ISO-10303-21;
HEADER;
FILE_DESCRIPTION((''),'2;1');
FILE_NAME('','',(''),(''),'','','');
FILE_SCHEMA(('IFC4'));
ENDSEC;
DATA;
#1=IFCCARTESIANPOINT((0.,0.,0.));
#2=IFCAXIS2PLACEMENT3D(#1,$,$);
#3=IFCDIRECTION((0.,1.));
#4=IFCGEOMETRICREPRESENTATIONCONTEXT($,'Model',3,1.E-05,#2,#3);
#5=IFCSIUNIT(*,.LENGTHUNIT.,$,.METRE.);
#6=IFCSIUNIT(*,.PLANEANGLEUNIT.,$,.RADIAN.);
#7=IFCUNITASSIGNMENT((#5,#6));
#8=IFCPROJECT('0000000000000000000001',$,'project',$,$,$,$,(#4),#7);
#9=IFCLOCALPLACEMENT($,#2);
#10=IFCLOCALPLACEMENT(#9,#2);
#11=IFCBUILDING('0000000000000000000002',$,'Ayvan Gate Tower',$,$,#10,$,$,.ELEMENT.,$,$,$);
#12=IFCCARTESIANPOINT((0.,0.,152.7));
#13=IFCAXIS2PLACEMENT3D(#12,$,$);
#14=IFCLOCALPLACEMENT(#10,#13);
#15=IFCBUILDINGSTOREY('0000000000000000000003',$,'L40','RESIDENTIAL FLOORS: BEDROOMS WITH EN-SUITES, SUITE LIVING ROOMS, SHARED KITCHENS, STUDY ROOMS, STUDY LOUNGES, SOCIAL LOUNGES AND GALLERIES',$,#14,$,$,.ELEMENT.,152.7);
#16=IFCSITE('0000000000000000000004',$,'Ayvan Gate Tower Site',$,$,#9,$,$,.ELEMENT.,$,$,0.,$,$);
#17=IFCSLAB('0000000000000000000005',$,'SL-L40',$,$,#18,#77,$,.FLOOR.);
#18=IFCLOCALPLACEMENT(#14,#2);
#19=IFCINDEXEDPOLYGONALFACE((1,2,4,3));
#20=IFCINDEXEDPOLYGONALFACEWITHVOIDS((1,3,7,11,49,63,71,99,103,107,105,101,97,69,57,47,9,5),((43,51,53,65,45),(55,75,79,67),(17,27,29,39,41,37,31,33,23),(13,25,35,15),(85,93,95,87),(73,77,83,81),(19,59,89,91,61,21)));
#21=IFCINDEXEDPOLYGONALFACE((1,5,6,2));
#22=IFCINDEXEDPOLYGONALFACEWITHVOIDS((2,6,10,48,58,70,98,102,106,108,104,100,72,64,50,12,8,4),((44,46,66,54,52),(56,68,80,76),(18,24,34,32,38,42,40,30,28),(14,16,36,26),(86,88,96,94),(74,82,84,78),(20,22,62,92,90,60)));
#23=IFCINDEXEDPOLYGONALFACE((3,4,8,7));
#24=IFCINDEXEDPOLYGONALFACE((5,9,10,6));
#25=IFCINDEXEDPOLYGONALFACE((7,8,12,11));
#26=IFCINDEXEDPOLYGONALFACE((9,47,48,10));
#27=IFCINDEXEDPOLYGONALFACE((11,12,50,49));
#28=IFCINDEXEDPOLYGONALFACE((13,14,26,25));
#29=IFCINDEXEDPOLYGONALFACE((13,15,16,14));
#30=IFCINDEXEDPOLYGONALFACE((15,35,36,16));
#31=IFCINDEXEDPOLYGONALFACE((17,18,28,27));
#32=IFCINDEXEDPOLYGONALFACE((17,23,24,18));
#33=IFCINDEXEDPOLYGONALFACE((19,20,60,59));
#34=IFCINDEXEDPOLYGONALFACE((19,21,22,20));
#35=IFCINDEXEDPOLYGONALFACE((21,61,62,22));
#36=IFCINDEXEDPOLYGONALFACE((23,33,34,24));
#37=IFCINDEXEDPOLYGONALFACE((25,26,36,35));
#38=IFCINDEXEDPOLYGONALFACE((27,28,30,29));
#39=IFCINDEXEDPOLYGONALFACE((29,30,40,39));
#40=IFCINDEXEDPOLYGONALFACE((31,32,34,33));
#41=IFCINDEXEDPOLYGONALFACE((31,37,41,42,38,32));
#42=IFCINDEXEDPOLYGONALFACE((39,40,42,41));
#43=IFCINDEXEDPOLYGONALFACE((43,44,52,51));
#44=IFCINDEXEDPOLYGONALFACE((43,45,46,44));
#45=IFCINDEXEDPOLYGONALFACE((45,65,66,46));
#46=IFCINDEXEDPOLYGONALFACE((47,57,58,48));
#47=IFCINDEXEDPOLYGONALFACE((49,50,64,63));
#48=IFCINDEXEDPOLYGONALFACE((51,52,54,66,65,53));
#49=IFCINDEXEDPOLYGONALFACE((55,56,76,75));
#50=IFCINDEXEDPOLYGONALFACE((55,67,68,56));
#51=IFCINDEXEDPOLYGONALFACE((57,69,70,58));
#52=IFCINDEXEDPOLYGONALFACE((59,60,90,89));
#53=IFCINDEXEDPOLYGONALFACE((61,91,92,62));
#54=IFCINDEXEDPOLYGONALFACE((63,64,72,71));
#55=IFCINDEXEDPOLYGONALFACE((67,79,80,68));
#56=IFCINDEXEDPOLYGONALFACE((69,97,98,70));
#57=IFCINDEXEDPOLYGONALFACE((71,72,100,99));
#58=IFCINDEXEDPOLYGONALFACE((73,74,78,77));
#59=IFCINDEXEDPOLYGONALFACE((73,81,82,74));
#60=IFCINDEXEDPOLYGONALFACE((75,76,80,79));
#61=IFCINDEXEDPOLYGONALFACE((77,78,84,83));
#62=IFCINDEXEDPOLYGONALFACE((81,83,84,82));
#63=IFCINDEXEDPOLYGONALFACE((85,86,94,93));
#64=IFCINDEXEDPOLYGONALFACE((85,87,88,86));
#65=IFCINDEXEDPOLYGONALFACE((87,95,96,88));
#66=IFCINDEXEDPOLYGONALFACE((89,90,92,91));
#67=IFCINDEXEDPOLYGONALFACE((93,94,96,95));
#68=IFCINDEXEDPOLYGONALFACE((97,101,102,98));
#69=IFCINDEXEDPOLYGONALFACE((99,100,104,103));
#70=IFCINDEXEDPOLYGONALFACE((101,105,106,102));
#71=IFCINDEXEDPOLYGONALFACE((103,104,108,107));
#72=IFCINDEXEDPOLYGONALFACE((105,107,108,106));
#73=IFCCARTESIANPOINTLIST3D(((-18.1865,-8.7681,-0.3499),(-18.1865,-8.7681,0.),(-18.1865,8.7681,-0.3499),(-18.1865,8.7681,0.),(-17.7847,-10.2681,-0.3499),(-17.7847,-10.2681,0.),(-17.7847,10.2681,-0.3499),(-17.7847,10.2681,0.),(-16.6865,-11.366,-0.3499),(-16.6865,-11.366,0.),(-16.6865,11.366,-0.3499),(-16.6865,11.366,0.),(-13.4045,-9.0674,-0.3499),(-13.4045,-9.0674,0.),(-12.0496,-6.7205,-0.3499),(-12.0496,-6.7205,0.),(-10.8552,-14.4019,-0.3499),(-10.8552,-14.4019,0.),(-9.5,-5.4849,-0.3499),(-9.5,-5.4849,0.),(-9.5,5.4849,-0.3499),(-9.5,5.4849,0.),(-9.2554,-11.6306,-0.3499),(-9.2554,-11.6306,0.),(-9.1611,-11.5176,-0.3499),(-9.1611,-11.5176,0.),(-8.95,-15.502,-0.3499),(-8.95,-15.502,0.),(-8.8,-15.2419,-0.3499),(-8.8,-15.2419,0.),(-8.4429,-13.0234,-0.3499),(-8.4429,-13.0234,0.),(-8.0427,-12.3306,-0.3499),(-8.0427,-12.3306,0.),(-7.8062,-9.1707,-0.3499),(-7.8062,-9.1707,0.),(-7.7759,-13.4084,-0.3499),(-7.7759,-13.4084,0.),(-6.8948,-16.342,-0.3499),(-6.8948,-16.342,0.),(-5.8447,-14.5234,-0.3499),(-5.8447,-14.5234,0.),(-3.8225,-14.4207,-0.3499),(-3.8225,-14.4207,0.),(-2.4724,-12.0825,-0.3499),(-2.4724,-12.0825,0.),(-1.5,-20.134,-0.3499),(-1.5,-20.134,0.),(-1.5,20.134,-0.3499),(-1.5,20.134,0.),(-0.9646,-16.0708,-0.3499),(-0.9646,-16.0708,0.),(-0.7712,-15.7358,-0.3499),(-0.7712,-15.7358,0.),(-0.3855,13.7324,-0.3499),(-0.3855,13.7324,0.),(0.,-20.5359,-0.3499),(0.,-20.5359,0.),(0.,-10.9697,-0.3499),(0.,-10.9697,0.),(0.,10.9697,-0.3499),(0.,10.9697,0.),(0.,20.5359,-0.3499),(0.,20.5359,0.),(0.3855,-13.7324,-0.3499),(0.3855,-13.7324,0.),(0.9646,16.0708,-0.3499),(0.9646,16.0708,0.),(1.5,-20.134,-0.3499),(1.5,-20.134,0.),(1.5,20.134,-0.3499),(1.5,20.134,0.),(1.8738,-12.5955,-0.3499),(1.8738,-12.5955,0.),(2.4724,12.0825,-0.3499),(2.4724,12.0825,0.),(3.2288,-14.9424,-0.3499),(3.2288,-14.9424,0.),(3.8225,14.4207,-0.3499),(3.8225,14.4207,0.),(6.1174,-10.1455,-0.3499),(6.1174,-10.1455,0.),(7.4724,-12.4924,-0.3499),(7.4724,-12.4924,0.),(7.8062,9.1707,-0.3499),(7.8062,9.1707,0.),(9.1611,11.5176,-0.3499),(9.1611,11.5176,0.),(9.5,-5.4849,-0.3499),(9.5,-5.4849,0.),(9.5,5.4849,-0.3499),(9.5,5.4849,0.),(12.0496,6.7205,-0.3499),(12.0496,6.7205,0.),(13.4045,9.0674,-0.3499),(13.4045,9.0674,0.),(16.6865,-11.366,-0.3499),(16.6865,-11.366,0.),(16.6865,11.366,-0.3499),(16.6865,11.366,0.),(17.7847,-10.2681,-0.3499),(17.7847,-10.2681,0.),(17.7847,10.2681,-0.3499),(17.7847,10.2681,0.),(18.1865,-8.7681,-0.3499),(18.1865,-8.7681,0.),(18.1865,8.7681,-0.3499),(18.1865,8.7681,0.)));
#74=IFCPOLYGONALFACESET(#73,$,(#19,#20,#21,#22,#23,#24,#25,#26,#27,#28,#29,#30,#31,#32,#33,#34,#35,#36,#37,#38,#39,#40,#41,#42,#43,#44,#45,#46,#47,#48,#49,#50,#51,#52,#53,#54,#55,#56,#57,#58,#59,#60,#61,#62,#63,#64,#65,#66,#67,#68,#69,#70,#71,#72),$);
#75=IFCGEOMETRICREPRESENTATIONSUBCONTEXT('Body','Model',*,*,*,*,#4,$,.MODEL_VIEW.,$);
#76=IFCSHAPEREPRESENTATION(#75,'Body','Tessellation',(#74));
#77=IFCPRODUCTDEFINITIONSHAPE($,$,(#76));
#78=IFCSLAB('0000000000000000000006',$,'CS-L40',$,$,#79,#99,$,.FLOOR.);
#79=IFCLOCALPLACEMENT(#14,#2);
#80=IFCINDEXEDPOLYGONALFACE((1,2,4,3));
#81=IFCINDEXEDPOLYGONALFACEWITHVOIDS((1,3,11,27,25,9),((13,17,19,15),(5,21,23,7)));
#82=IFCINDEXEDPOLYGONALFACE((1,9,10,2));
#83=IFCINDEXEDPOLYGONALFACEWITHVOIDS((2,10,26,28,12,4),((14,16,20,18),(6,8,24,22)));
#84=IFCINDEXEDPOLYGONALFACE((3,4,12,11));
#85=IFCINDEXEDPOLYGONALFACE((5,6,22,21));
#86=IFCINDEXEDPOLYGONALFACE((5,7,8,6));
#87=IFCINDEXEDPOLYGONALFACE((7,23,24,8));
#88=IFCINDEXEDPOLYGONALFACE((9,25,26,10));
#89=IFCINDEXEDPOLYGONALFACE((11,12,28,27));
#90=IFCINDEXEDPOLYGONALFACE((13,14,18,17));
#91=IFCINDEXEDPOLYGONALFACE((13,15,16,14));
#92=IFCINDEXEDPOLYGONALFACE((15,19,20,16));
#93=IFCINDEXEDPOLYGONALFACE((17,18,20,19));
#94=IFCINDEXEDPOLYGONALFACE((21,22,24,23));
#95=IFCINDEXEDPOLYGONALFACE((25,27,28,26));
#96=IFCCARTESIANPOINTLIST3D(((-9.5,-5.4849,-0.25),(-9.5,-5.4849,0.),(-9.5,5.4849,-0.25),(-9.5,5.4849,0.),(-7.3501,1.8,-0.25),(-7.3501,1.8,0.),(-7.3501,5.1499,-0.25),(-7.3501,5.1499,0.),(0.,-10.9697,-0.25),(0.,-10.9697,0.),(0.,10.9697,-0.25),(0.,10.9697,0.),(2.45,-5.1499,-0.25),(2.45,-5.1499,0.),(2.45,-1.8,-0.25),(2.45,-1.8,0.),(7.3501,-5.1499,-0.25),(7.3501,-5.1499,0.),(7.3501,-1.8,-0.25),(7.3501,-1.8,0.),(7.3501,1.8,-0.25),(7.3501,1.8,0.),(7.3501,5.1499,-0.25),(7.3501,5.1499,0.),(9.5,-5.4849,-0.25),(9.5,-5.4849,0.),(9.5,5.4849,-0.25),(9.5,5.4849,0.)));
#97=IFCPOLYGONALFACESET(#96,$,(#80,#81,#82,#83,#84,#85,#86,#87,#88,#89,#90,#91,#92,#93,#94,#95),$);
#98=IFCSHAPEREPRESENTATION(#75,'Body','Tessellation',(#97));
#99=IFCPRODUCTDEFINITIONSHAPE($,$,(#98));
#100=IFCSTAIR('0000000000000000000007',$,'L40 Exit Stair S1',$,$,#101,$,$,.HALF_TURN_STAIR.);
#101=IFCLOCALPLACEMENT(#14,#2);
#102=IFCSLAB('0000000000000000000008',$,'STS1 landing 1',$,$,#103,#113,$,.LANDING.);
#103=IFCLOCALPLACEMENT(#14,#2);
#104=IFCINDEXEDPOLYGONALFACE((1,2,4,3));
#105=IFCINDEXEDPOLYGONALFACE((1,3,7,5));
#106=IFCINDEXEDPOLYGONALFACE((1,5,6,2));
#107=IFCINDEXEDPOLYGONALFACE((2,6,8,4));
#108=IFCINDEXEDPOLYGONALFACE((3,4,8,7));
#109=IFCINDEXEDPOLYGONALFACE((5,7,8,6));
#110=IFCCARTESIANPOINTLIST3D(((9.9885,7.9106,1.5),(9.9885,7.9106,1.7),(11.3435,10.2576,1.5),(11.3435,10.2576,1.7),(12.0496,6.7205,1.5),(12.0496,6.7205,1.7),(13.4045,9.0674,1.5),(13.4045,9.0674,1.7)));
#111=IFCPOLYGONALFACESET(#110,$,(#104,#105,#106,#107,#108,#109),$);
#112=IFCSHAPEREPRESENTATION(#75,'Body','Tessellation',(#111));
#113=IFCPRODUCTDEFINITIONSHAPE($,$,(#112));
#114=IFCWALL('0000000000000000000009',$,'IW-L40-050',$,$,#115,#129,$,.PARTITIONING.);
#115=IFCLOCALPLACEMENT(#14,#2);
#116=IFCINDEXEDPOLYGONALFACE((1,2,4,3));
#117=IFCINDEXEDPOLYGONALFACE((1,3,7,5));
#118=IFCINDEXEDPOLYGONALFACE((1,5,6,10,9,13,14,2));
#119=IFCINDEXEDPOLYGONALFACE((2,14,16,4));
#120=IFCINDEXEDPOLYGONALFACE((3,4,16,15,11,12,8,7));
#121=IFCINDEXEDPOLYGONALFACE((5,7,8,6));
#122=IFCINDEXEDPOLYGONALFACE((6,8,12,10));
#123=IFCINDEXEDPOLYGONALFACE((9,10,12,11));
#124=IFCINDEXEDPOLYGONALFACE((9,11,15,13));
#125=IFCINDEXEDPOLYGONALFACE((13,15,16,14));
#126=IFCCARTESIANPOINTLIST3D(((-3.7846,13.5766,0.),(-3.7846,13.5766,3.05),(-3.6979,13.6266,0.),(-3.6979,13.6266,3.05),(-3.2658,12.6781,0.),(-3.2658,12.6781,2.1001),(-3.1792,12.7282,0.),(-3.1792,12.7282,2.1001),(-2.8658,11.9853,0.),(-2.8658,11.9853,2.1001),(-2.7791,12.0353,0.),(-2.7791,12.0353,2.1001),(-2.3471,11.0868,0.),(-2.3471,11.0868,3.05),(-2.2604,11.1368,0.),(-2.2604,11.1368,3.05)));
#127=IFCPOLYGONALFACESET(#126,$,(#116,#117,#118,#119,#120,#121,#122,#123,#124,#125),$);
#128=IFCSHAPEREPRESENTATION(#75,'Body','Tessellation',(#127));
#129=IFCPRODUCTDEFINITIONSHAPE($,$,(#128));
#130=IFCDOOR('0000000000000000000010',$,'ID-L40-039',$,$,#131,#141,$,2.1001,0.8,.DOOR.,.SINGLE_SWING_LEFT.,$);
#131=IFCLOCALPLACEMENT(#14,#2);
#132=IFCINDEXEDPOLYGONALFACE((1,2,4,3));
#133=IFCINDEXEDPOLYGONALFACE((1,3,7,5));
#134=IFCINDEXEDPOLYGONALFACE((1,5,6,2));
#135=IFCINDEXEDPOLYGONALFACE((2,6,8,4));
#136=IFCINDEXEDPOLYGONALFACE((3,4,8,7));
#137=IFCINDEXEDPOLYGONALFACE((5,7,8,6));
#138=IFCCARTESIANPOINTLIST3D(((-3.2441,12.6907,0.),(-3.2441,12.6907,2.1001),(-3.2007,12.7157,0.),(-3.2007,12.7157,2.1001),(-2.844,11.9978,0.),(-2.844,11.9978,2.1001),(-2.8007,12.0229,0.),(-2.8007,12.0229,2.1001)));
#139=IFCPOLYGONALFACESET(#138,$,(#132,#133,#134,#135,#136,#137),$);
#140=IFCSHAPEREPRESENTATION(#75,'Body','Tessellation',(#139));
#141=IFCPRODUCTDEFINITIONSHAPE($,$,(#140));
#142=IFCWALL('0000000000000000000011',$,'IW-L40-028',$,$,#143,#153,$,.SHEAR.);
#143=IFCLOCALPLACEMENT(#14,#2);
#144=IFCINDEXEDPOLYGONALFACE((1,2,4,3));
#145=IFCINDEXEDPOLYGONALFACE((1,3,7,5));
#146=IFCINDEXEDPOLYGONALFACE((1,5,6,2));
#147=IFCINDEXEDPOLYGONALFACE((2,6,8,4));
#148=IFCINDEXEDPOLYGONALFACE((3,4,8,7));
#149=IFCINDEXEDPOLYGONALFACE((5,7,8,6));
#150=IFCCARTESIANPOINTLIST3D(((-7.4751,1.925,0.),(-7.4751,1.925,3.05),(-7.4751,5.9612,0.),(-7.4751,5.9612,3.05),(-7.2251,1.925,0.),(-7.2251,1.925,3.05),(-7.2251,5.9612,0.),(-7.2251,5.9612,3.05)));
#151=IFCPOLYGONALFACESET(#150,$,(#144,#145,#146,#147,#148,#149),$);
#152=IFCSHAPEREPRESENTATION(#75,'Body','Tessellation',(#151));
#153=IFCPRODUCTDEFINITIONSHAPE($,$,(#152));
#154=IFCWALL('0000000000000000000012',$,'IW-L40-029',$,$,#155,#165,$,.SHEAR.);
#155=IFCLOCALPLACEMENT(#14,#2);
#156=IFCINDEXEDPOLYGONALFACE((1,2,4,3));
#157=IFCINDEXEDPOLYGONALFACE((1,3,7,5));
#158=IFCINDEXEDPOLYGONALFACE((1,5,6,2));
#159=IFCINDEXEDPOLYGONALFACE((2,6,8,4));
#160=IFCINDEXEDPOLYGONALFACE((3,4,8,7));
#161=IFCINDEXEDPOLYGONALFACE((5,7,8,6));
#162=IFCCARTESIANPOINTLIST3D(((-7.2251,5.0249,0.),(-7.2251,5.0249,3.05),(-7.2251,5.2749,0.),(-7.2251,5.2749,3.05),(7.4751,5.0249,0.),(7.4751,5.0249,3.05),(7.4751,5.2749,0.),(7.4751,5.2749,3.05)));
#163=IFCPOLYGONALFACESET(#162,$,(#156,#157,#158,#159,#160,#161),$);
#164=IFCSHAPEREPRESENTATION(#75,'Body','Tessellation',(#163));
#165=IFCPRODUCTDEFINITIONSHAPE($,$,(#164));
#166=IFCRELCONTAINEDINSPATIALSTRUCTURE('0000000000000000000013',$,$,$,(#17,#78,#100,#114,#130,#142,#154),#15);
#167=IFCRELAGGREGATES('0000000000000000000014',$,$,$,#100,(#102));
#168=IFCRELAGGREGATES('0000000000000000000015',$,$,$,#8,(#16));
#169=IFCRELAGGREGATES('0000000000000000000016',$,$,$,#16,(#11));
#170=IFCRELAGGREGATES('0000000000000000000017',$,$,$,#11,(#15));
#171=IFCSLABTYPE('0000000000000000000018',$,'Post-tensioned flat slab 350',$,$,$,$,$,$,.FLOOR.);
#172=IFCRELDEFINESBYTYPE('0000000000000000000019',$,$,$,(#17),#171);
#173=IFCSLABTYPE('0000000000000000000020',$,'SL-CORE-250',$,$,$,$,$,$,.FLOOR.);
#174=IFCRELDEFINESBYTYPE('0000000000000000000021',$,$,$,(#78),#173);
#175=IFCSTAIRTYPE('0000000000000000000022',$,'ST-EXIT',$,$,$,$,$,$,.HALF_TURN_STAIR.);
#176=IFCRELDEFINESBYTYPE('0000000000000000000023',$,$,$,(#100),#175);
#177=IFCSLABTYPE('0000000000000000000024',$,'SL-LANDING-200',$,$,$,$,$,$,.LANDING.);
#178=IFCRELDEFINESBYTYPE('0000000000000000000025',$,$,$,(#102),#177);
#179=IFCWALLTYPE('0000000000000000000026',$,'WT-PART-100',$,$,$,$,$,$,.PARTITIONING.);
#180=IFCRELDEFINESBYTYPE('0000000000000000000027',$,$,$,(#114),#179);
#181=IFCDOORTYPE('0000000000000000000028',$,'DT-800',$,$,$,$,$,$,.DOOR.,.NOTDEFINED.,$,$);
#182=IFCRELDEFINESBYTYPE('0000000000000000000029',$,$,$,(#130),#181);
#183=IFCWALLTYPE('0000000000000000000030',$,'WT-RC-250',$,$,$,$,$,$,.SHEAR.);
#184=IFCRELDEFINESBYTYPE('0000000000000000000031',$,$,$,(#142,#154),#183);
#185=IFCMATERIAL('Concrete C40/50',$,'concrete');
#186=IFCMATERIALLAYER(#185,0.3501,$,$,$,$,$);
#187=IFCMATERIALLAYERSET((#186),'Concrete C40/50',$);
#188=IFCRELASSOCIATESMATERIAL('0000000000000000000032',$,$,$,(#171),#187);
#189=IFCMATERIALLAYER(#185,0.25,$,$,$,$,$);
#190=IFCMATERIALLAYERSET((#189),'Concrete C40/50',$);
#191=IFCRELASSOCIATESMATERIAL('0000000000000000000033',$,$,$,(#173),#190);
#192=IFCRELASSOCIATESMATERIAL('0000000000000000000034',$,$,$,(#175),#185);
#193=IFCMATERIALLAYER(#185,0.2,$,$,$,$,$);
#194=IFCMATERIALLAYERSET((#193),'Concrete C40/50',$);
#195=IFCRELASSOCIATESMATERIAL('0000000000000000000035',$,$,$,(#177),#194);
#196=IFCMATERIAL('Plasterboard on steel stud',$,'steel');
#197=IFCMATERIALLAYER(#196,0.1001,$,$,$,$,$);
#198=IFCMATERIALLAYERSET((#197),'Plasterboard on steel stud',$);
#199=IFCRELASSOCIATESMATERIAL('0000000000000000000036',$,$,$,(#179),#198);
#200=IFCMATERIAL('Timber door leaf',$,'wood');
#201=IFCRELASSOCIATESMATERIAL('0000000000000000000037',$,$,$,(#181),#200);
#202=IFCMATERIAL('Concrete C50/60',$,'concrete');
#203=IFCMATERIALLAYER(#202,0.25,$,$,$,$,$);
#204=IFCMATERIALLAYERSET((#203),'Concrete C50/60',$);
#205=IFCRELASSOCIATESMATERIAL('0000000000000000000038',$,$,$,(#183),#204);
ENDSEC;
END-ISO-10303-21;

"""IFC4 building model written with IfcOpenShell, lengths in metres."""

from ifc_helpers import new_model, si_unit, direction, frame, frame_2d, origin, place, context, subcontext, project, spatial, polyline, rectangle, outline, extrude, material, layer, layer_set, type_object, element, fill, aggregate, save


model = new_model("IFC4")

# Units and contexts
model_context = context("Model", 3, precision=1e-05, world=origin(), true_north=direction((0.0, 1.0)))
body_context = subcontext(model_context, "Body", "Model", "MODEL_VIEW")
ifc_project = project(units=[si_unit("LENGTHUNIT", "METRE"), si_unit("PLANEANGLEUNIT", "RADIAN")], contexts=[model_context])

# Site, building, storey
site_placement = place(None, origin())
site = spatial("IfcSite", under=ifc_project, at=site_placement, Name="Ayvan Gate Tower Site", CompositionType="ELEMENT", RefElevation=0.0)
building_placement = place(site_placement, origin())
building = spatial("IfcBuilding", under=site, at=building_placement, Name="Ayvan Gate Tower", CompositionType="ELEMENT")
storey_placement = place(building_placement, frame((0.0, 0.0, 152.7)))
storey = spatial("IfcBuildingStorey", under=building, at=storey_placement, Name="L40", Description="RESIDENTIAL FLOORS: BEDROOMS WITH EN-SUITES, SUITE LIVING ROOMS, SHARED KITCHENS, STUDY ROOMS, STUDY LOUNGES, SOCIAL LOUNGES AND GALLERIES", CompositionType="ELEMENT", Elevation=152.7)

# Slabs
ifc_material_1 = material(Name="Concrete C40/50", Category="concrete")
ifc_layer_1 = layer(ifc_material_1, 0.3501)
ifc_layer_set_1 = layer_set([ifc_layer_1], Name="Concrete C40/50")
slab_type_1 = type_object("IfcSlabType", Name="Post-tensioned flat slab 350", PredefinedType="FLOOR", material=ifc_layer_set_1)
slab_1_placement = place(storey_placement, frame((0.0, 0.0, -0.3499)))
element("IfcSlab", 1, at=slab_1_placement, inside=storey, type_object=slab_type_1, Name="SL-L40", PredefinedType="FLOOR", context=body_context, shape_type="SweptSolid", body=[
    extrude(outline(polyline([(0.0, -20.5359), (-1.5, -20.134), (-16.6865, -11.366), (-17.7847, -10.2681), (-18.1865, -8.7681), (-18.1865, 8.7681), (-17.7847, 10.2681), (-16.6865, 11.366), (-1.5, 20.134), (0.0, 20.5359), (1.5, 20.134), (16.6865, 11.366), (17.7847, 10.2681), (18.1865, 8.7681), (18.1865, -8.7681), (17.7847, -10.2681), (16.6865, -11.366), (1.5, -20.134), (0.0, -20.5359)]), holes=[polyline([(13.4045, 9.0674), (9.1611, 11.5176), (7.8062, 9.1707), (12.0496, 6.7205), (13.4045, 9.0674)]), polyline([(0.0, 10.9697), (-9.5, 5.4849), (-9.5, -5.4849), (0.0, -10.9697), (9.5, -5.4849), (9.5, 5.4849), (0.0, 10.9697)]), polyline([(3.2288, -14.9424), (7.4724, -12.4924), (6.1174, -10.1455), (1.8738, -12.5955), (3.2288, -14.9424)]), polyline([(0.9646, 16.0708), (-0.3855, 13.7324), (2.4724, 12.0825), (3.8225, 14.4207), (0.9646, 16.0708)]), polyline([(0.3855, -13.7324), (-2.4724, -12.0825), (-3.8225, -14.4207), (-0.9646, -16.0708), (-0.7712, -15.7358), (0.3855, -13.7324)]), polyline([(-8.8, -15.2419), (-6.8948, -16.342), (-5.8447, -14.5234), (-7.7759, -13.4084), (-8.4429, -13.0234), (-8.0427, -12.3306), (-9.2554, -11.6306), (-10.8552, -14.4019), (-8.95, -15.502), (-8.8, -15.2419)]), polyline([(-7.8062, -9.1707), (-12.0496, -6.7205), (-13.4045, -9.0674), (-9.1611, -11.5176), (-7.8062, -9.1707)])]), origin(), (0.0, 0.0, 1.0), 0.3499),
])
ifc_layer_2 = layer(ifc_material_1, 0.25)
ifc_layer_set_2 = layer_set([ifc_layer_2], Name="Concrete C40/50")
slab_type_2 = type_object("IfcSlabType", Name="SL-CORE-250", PredefinedType="FLOOR", material=ifc_layer_set_2)
slab_2_placement = place(storey_placement, frame((0.0, 0.0, -0.25)))
element("IfcSlab", 2, at=slab_2_placement, inside=storey, type_object=slab_type_2, Name="CS-L40", PredefinedType="FLOOR", context=body_context, shape_type="SweptSolid", body=[
    extrude(outline(polyline([(9.5, -5.4849), (0.0, -10.9697), (-9.5, -5.4849), (-9.5, 5.4849), (0.0, 10.9697), (9.5, 5.4849), (9.5, -5.4849)]), holes=[polyline([(-7.3501, 5.1499), (-7.3501, 1.8), (7.3501, 1.8), (7.3501, 5.1499), (-7.3501, 5.1499)]), polyline([(2.45, -1.8), (2.45, -5.1499), (7.3501, -5.1499), (7.3501, -1.8), (2.45, -1.8)])]), origin(), (0.0, 0.0, 1.0), 0.25),
])

# Stair, slab
stair_type = type_object("IfcStairType", Name="ST-EXIT", PredefinedType="HALF_TURN_STAIR", material=ifc_material_1)
stair_placement = place(storey_placement, origin())
stair = element("IfcStair", 3, at=stair_placement, inside=storey, type_object=stair_type, Name="L40 Exit Stair S1", PredefinedType="HALF_TURN_STAIR")
ifc_layer_3 = layer(ifc_material_1, 0.2)
ifc_layer_set_3 = layer_set([ifc_layer_3], Name="Concrete C40/50")
slab_type_3 = type_object("IfcSlabType", Name="SL-LANDING-200", PredefinedType="LANDING", material=ifc_layer_set_3)
slab_3_placement = place(storey_placement, frame((0.0, 0.0, 1.5)))
slab_3 = element("IfcSlab", 4, at=slab_3_placement, type_object=slab_type_3, Name="STS1 landing 1", PredefinedType="LANDING", context=body_context, shape_type="SweptSolid", body=[
    extrude(outline(polyline([(9.9885, 7.9106), (12.0496, 6.7205), (13.4045, 9.0674), (11.3435, 10.2576), (9.9885, 7.9106)])), origin(), (0.0, 0.0, 1.0), 0.2),
])
aggregate(stair, [slab_3])

# Wall, opening, door
ifc_material_2 = material(Name="Plasterboard on steel stud", Category="steel")
ifc_layer_4 = layer(ifc_material_2, 0.1001)
ifc_layer_set_4 = layer_set([ifc_layer_4], Name="Plasterboard on steel stud")
wall_type_1 = type_object("IfcWallType", Name="WT-PART-100", PredefinedType="PARTITIONING", material=ifc_layer_set_4)
wall_1_placement = place(storey_placement, frame((-2.3037, 11.1118, 0.0), z_axis=(0.0, 0.0, 1.0), x_axis=(-0.500012, 0.866019, 0.0)))
wall_1 = element("IfcWall", 5, at=wall_1_placement, inside=storey, type_object=wall_type_1, Name="IW-L40-050", PredefinedType="PARTITIONING", context=body_context, shape_type="SweptSolid", body=[
    extrude(rectangle(XDim=2.875, YDim=0.1001, at=frame_2d((1.4375, 0.0))), origin(), (0.0, 0.0, 1.0), 3.05),
])
opening_placement = place(wall_1_placement, frame((1.0376, 0.0, 0.0)))
opening = element("IfcOpeningElement", 6, at=opening_placement, cuts=wall_1, PredefinedType="OPENING", context=body_context, shape_type="SweptSolid", body=[
    extrude(rectangle(XDim=0.8, YDim=2.1001, at=frame_2d((0.3999, 1.05))), frame((0.0, 0.0601, 0.0), z_axis=(0.0, -1.0, 0.0), x_axis=(1.0, 0.0, 0.0)), (0.0, 0.0, 1.0), 0.1201),
])
ifc_material_3 = material(Name="Timber door leaf", Category="wood")
door_type = type_object("IfcDoorType", Name="DT-800", OperationType="NOTDEFINED", PredefinedType="DOOR", material=ifc_material_3)
door_placement = place(opening_placement, origin())
door = element("IfcDoor", 7, at=door_placement, inside=storey, type_object=door_type, Name="ID-L40-039", OperationType="SINGLE_SWING_LEFT", OverallHeight=2.1001, OverallWidth=0.8, PredefinedType="DOOR", context=body_context, shape_type="SweptSolid", body=[
    extrude(rectangle(XDim=0.8, YDim=2.1001, at=frame_2d((0.3999, 1.05))), frame((0.0, 0.0249, 0.0), z_axis=(0.0, -1.0, 0.0), x_axis=(1.0, 0.0, 0.0)), (0.0, 0.0, 1.0), 0.05),
])
fill(opening, door)

# Walls
ifc_material_4 = material(Name="Concrete C50/60", Category="concrete")
ifc_layer_5 = layer(ifc_material_4, 0.25)
ifc_layer_set_5 = layer_set([ifc_layer_5], Name="Concrete C50/60")
wall_type_2 = type_object("IfcWallType", Name="WT-RC-250", PredefinedType="SHEAR", material=ifc_layer_set_5)
wall_2_placement = place(storey_placement, frame((-7.3501, 1.925, 0.0), z_axis=(0.0, 0.0, 1.0), x_axis=(0.0, 1.0, 0.0)))
element("IfcWall", 8, at=wall_2_placement, inside=storey, type_object=wall_type_2, Name="IW-L40-028", PredefinedType="SHEAR", context=body_context, shape_type="SweptSolid", body=[
    extrude(rectangle(XDim=4.0361, YDim=0.25, at=frame_2d((2.0181, 0.0))), origin(), (0.0, 0.0, 1.0), 3.05),
])
wall_3_placement = place(storey_placement, frame((-7.2251, 5.1499, 0.0), z_axis=(0.0, 0.0, 1.0), x_axis=(1.0, 0.0, 0.0)))
element("IfcWall", 9, at=wall_3_placement, inside=storey, type_object=wall_type_2, Name="IW-L40-029", PredefinedType="SHEAR", context=body_context, shape_type="SweptSolid", body=[
    extrude(rectangle(XDim=14.7002, YDim=0.25, at=frame_2d((7.3501, 0.0))), origin(), (0.0, 0.0, 1.0), 3.05),
])

save(model, "model.ifc")
